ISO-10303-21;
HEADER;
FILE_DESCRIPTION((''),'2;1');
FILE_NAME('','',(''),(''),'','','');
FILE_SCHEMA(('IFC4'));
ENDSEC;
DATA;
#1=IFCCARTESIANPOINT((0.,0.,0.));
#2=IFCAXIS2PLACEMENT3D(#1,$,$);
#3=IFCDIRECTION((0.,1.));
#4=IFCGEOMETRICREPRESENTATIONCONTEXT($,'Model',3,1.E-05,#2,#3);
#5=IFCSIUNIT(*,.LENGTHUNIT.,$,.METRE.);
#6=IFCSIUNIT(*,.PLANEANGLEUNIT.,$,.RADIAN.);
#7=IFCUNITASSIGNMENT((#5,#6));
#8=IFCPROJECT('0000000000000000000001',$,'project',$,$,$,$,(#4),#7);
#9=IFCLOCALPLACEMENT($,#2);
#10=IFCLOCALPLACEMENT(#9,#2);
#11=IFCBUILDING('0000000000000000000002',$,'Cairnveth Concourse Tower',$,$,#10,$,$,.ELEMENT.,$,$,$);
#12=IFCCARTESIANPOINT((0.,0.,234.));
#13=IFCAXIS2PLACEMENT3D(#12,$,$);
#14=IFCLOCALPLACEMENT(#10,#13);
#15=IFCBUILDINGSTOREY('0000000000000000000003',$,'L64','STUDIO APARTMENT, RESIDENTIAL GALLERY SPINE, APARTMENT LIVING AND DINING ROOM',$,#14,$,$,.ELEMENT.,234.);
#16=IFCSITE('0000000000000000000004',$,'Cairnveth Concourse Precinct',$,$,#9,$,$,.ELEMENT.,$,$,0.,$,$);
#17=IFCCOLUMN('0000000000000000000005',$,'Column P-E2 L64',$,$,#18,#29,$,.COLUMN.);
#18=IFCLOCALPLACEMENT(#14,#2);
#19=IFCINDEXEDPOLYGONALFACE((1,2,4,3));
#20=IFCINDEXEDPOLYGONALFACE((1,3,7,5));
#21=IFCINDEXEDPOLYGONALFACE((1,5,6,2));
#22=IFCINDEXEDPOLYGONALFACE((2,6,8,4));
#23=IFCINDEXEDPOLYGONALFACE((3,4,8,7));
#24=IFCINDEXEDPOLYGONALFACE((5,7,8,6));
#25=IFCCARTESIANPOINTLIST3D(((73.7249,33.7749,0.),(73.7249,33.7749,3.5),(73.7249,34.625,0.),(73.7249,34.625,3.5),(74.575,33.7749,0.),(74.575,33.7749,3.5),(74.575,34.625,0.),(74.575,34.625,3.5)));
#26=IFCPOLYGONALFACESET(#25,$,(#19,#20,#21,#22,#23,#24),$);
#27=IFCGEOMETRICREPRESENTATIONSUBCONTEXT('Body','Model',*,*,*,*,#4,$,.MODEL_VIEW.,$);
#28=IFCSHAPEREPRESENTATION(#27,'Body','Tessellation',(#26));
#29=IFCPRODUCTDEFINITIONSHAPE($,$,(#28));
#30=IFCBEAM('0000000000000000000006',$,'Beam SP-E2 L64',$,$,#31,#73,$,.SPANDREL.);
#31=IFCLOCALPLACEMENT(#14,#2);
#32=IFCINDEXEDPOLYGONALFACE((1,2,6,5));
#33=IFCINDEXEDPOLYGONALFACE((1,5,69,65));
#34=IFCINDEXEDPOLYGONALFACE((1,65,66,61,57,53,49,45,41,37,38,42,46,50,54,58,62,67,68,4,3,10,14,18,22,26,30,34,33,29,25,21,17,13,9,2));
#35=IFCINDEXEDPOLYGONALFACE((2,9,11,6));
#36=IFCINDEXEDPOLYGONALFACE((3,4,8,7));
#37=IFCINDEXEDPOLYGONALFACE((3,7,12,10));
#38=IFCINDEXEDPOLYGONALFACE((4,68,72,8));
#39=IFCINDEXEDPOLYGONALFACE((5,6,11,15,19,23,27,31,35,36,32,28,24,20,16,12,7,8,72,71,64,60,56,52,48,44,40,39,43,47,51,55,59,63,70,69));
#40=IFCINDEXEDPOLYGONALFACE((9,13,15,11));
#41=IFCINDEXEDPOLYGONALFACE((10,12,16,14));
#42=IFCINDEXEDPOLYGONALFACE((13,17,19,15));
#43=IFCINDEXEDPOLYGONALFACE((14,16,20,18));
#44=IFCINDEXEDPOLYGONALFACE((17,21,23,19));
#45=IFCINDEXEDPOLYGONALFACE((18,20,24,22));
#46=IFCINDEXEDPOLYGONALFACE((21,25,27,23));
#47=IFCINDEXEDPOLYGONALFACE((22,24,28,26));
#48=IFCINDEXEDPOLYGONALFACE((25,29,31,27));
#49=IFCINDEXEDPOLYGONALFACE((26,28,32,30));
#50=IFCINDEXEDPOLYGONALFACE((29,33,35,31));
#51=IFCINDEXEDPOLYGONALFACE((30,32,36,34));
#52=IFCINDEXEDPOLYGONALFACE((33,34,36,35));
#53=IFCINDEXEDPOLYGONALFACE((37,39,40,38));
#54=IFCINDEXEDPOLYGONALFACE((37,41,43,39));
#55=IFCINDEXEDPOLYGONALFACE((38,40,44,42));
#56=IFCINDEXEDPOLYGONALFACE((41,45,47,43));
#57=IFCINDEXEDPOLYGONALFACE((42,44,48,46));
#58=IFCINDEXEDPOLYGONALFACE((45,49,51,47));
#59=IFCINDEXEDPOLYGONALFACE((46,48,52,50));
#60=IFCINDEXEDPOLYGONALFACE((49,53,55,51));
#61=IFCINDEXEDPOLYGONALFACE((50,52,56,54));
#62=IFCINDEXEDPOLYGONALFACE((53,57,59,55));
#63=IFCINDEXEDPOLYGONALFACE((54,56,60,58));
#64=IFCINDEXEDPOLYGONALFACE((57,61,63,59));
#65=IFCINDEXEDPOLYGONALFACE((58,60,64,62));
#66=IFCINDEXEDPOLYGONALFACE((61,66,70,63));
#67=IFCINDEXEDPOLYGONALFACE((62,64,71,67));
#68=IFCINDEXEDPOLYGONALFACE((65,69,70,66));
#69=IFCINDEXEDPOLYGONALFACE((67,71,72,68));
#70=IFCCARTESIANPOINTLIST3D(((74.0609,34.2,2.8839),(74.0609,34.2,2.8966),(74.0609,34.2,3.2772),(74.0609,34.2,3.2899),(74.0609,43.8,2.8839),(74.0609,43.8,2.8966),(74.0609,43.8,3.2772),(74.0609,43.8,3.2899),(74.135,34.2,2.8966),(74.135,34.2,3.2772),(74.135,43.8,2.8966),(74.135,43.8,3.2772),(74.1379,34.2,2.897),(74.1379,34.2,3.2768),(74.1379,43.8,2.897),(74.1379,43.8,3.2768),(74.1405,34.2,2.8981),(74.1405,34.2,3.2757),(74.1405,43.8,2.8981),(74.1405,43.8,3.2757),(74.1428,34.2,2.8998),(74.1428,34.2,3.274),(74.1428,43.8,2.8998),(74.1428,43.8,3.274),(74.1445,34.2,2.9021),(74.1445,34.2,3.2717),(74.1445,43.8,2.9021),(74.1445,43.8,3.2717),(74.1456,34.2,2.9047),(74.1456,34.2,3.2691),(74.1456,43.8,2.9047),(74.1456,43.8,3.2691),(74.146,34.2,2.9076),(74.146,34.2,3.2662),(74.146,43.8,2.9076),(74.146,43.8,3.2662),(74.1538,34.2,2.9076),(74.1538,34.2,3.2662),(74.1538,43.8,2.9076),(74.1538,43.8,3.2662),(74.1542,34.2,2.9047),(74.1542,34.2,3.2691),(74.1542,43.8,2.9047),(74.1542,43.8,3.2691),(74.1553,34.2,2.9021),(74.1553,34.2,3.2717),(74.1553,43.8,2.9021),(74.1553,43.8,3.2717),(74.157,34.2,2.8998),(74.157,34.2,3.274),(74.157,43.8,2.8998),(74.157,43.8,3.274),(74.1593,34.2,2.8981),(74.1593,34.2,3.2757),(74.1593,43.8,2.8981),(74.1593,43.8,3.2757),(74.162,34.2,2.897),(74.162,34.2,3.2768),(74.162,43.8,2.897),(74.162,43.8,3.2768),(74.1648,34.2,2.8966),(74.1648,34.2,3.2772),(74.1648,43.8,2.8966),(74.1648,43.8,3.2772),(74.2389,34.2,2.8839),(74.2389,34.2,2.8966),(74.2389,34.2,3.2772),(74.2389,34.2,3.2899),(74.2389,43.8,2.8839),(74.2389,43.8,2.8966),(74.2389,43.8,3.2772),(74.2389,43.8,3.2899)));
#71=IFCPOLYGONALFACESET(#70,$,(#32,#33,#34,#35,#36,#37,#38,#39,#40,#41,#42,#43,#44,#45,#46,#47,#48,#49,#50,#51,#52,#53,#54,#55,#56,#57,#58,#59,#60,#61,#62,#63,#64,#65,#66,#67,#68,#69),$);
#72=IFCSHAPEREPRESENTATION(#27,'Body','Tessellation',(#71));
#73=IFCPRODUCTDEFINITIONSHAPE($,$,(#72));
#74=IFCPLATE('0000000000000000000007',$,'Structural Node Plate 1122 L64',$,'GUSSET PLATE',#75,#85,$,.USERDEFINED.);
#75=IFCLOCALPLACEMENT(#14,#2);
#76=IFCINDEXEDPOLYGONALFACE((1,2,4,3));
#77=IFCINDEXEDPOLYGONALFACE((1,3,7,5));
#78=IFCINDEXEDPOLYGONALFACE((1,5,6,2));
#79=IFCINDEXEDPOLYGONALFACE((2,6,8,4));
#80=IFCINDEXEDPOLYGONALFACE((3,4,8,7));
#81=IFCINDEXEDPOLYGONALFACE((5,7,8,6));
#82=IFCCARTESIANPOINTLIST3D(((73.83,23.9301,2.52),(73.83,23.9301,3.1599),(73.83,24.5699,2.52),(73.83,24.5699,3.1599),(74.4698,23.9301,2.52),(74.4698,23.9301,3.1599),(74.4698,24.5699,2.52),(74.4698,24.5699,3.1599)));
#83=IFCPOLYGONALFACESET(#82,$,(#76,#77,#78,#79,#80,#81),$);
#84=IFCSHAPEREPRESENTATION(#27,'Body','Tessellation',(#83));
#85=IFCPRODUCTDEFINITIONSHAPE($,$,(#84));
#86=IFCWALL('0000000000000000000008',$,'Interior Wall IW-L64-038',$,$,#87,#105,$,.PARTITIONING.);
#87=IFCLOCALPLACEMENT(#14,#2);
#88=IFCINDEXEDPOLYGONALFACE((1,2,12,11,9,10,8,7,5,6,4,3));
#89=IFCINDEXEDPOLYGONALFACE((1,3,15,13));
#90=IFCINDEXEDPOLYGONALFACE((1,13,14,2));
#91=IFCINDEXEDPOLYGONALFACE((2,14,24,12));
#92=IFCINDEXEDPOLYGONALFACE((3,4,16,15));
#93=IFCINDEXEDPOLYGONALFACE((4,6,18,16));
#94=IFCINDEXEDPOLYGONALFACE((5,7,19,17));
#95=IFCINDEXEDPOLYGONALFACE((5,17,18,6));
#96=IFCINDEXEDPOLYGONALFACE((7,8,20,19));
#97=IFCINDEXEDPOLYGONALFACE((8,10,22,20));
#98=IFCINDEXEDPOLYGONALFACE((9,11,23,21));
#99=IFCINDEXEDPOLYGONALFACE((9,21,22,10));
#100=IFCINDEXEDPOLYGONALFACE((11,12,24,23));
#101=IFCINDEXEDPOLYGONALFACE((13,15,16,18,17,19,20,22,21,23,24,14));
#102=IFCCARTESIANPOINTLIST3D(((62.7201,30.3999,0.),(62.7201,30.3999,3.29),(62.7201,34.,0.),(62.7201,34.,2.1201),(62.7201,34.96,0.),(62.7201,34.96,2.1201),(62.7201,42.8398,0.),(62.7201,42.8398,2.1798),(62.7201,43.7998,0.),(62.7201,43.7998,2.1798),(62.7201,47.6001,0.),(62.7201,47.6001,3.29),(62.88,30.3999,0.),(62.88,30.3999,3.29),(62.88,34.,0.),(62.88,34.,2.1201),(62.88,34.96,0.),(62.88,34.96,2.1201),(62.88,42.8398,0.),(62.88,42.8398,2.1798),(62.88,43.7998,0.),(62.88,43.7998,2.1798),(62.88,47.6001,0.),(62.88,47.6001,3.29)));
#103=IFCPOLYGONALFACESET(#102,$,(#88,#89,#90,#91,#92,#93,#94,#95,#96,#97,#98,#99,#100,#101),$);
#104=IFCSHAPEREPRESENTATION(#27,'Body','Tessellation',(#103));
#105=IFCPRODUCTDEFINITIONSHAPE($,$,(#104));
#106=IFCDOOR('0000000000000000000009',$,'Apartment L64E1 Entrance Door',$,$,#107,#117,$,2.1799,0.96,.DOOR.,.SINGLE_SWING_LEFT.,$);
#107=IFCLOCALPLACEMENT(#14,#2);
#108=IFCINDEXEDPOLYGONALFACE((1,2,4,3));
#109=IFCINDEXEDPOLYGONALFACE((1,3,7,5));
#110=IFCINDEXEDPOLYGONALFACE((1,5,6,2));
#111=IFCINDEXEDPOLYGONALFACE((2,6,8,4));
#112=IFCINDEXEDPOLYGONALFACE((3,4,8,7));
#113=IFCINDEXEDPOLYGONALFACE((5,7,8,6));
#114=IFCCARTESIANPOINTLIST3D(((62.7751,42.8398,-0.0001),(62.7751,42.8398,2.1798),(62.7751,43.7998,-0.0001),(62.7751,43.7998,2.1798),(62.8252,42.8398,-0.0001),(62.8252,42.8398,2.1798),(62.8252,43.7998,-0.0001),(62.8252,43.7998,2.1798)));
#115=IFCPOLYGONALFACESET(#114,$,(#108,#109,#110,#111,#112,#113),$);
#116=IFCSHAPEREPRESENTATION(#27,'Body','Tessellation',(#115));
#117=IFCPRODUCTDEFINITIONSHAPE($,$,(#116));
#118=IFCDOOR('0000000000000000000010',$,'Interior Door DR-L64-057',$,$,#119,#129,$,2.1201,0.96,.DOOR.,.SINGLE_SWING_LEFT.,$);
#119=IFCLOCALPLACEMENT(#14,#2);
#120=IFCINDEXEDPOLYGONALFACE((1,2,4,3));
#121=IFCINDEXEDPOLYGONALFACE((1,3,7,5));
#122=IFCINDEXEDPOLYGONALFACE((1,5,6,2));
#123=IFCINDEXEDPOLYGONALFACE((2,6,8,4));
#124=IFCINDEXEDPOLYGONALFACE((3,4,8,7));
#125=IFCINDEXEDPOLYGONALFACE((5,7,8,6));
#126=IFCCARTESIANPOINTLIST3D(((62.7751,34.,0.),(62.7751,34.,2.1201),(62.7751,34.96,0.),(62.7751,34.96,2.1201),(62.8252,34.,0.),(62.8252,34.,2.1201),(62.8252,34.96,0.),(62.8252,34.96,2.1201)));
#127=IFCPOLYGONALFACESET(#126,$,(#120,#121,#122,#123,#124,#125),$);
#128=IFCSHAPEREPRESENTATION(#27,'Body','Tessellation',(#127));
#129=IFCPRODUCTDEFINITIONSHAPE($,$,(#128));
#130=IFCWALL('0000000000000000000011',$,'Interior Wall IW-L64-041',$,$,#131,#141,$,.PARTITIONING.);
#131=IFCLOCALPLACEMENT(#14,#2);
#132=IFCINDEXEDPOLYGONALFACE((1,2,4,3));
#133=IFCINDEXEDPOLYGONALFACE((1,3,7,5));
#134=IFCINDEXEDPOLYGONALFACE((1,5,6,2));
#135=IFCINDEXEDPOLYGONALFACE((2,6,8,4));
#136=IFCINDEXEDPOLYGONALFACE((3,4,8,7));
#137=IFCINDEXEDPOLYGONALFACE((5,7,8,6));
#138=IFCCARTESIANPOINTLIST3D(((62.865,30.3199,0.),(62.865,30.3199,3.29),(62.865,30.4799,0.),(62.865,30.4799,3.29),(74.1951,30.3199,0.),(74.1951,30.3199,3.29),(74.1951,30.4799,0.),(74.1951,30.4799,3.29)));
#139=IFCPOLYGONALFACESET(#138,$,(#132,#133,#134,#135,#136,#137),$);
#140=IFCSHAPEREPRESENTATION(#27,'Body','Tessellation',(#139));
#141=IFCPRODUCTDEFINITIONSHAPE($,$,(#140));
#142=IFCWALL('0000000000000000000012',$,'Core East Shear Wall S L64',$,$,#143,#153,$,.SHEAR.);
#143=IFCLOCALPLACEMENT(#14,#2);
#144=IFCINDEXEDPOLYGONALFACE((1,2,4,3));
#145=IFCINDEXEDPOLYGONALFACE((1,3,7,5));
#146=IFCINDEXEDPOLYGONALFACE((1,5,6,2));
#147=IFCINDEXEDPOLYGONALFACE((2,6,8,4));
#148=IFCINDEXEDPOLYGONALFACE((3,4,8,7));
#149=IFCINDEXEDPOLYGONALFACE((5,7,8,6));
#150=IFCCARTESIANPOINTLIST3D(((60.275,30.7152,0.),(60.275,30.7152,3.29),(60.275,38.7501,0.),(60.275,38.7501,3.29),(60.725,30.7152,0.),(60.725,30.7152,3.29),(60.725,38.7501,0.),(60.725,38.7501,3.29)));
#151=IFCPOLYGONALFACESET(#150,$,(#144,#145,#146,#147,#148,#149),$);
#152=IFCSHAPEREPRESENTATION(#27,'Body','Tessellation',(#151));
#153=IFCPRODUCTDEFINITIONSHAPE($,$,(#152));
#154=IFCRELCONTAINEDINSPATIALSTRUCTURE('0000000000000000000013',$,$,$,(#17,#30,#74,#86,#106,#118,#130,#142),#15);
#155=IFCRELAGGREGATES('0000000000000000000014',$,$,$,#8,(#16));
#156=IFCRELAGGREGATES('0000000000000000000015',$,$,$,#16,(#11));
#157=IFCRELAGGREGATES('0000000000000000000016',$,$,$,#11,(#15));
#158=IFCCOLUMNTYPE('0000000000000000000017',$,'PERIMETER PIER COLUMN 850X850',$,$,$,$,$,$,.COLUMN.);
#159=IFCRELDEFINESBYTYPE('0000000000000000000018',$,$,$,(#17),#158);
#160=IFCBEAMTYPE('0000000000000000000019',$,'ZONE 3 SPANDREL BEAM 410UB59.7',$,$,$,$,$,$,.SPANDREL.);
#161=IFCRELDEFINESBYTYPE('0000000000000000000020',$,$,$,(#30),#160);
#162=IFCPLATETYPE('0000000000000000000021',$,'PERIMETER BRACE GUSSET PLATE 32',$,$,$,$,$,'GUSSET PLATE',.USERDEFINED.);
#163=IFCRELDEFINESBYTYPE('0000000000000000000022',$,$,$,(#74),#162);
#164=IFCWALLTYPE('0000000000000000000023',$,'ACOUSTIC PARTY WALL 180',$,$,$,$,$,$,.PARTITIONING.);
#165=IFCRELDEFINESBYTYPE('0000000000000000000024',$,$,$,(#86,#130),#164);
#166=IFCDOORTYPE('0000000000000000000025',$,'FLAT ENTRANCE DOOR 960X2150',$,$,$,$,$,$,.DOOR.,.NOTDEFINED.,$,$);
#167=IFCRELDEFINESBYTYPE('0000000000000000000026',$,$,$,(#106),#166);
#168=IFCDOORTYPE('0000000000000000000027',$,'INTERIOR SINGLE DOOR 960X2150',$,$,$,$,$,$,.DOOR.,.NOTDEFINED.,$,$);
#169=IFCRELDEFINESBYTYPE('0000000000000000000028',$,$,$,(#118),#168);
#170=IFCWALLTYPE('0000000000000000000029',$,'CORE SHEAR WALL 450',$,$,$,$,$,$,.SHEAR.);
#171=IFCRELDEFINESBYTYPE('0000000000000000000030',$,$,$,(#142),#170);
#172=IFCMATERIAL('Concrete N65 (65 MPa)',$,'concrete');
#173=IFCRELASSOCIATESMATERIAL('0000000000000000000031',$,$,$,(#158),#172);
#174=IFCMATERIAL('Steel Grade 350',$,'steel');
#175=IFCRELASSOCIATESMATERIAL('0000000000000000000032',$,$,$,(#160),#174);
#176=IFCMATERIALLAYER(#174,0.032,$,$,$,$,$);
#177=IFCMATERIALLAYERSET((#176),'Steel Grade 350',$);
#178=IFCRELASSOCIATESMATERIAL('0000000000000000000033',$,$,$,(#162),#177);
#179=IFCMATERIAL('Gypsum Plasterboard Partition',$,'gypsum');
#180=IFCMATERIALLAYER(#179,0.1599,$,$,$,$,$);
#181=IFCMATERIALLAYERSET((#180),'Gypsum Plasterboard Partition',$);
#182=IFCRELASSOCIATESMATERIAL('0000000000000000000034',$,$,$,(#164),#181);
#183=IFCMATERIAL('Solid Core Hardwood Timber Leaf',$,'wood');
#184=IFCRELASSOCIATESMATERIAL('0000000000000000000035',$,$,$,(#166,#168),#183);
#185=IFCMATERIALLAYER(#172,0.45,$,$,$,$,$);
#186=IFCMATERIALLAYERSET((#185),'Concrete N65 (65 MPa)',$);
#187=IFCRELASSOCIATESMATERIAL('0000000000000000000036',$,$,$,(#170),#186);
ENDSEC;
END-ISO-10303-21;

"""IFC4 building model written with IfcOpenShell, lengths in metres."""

from ifc_helpers import new_model, si_unit, direction, frame, frame_2d, origin, origin_2d, place, context, subcontext, project, spatial, rectangle, i_section, extrude, material, layer, layer_set, material_profile, profile_set, type_object, element, fill, save


model = new_model("IFC4")

# Units and contexts
model_context = context("Model", 3, precision=1e-05, world=origin(), true_north=direction((0.0, 1.0)))
body_context = subcontext(model_context, "Body", "Model", "MODEL_VIEW")
ifc_project = project(units=[si_unit("LENGTHUNIT", "METRE"), si_unit("PLANEANGLEUNIT", "RADIAN")], contexts=[model_context])

# Site, building, storey
site_placement = place(None, origin())
site = spatial("IfcSite", under=ifc_project, at=site_placement, Name="Cairnveth Concourse Precinct", CompositionType="ELEMENT", RefElevation=0.0)
building_placement = place(site_placement, origin())
building = spatial("IfcBuilding", under=site, at=building_placement, Name="Cairnveth Concourse Tower", CompositionType="ELEMENT")
storey_placement = place(building_placement, frame((0.0, 0.0, 234.0)))
storey = spatial("IfcBuildingStorey", under=building, at=storey_placement, Name="L64", Description="STUDIO APARTMENT, RESIDENTIAL GALLERY SPINE, APARTMENT LIVING AND DINING ROOM", CompositionType="ELEMENT", Elevation=234.0)

# Column
ifc_material_1 = material(Name="Concrete N65 (65 MPa)", Category="concrete")
ifc_material_profile_1 = material_profile(ifc_material_1, rectangle(XDim=0.8501, YDim=0.8501, at=origin_2d()), Name="RC-COL-850x850")
ifc_profile_set_1 = profile_set([ifc_material_profile_1], Name="Concrete N65 (65 MPa)")
column_type = type_object("IfcColumnType", Name="PERIMETER PIER COLUMN 850X850", PredefinedType="COLUMN", material=ifc_profile_set_1)
column_placement = place(storey_placement, frame((74.1499, 34.2, 0.0), z_axis=(0.0, 0.0, 1.0), x_axis=(0.0, 1.0, 0.0)))
element("IfcColumn", 1, at=column_placement, inside=storey, type_object=column_type, Name="Column P-E2 L64", PredefinedType="COLUMN", context=body_context, shape_type="SweptSolid", body=[
    extrude(rectangle(XDim=0.8501, YDim=0.8501, at=origin_2d()), origin(), (0.0, 0.0, 1.0), 3.5),
])

# Beam
ifc_material_2 = material(Name="Steel Grade 350", Category="steel")
ifc_material_profile_2 = material_profile(ifc_material_2, i_section(OverallWidth=0.178, OverallDepth=0.406, WebThickness=0.0078, FlangeThickness=0.0127, FilletRadius=0.011, at=origin_2d()), Name="410UB59.7")
ifc_profile_set_2 = profile_set([ifc_material_profile_2], Name="Steel Grade 350")
beam_type = type_object("IfcBeamType", Name="ZONE 3 SPANDREL BEAM 410UB59.7", PredefinedType="SPANDREL", material=ifc_profile_set_2)
beam_placement = place(storey_placement, frame((74.1499, 34.2, 3.0869), z_axis=(0.0, 1.0, 0.0), x_axis=(-1.0, 0.0, 0.0)))
element("IfcBeam", 2, at=beam_placement, inside=storey, type_object=beam_type, Name="Beam SP-E2 L64", PredefinedType="SPANDREL", context=body_context, shape_type="SweptSolid", body=[
    extrude(i_section(OverallWidth=0.178, OverallDepth=0.406, WebThickness=0.0078, FlangeThickness=0.0127, FilletRadius=0.011, at=origin_2d()), origin(), (0.0, 0.0, 1.0), 9.6001),
])

# Plate
ifc_layer_1 = layer(ifc_material_2, 0.032)
ifc_layer_set_1 = layer_set([ifc_layer_1], Name="Steel Grade 350")
plate_type = type_object("IfcPlateType", Name="PERIMETER BRACE GUSSET PLATE 32", ElementType="GUSSET PLATE", PredefinedType="USERDEFINED", material=ifc_layer_set_1)
plate_placement = place(storey_placement, frame((74.1499, 24.25, 2.52), z_axis=(0.0, 0.0, 1.0), x_axis=(1.0, 0.0, 0.0)))
element("IfcPlate", 3, at=plate_placement, inside=storey, type_object=plate_type, Name="Structural Node Plate 1122 L64", ObjectType="GUSSET PLATE", PredefinedType="USERDEFINED", context=body_context, shape_type="SweptSolid", body=[
    extrude(rectangle(XDim=0.6399, YDim=0.6399, at=origin_2d()), origin(), (0.0, 0.0, 1.0), 0.6399),
])

# Wall, openings, doors
ifc_material_3 = material(Name="Gypsum Plasterboard Partition", Category="gypsum")
ifc_layer_2 = layer(ifc_material_3, 0.1599)
ifc_layer_set_2 = layer_set([ifc_layer_2], Name="Gypsum Plasterboard Partition")
wall_type_1 = type_object("IfcWallType", Name="ACOUSTIC PARTY WALL 180", PredefinedType="PARTITIONING", material=ifc_layer_set_2)
wall_1_placement = place(storey_placement, frame((62.8, 30.3999, 0.0), z_axis=(0.0, 0.0, 1.0), x_axis=(0.0, 1.0, 0.0)))
wall_1 = element("IfcWall", 4, at=wall_1_placement, inside=storey, type_object=wall_type_1, Name="Interior Wall IW-L64-038", PredefinedType="PARTITIONING", context=body_context, shape_type="SweptSolid", body=[
    extrude(rectangle(XDim=17.2002, YDim=0.1599, at=frame_2d((8.6001, 0.0))), origin(), (0.0, 0.0, 1.0), 3.29),
])
opening_1_placement = place(wall_1_placement, frame((3.6001, 0.0, 0.0)))
opening_1 = element("IfcOpeningElement", 5, at=opening_1_placement, cuts=wall_1, PredefinedType="OPENING", context=body_context, shape_type="SweptSolid", body=[
    extrude(rectangle(XDim=0.96, YDim=2.1201, at=frame_2d((0.48, 1.0601))), frame((0.0, 0.0898, 0.0), z_axis=(0.0, -1.0, 0.0), x_axis=(1.0, 0.0, 0.0)), (0.0, 0.0, 1.0), 0.1799),
])
opening_2_placement = place(wall_1_placement, frame((12.4399, 0.0, 0.0)))
opening_2 = element("IfcOpeningElement", 6, at=opening_2_placement, cuts=wall_1, PredefinedType="OPENING", context=body_context, shape_type="SweptSolid", body=[
    extrude(rectangle(XDim=0.96, YDim=2.1799, at=frame_2d((0.48, 1.0898))), frame((0.0, 0.0898, 0.0), z_axis=(0.0, -1.0, 0.0), x_axis=(1.0, 0.0, 0.0)), (0.0, 0.0, 1.0), 0.1799),
])
ifc_material_4 = material(Name="Solid Core Hardwood Timber Leaf", Category="wood")
door_type_1 = type_object("IfcDoorType", Name="FLAT ENTRANCE DOOR 960X2150", OperationType="NOTDEFINED", PredefinedType="DOOR", material=ifc_material_4)
door_1_placement = place(opening_2_placement, origin())
door_1 = element("IfcDoor", 7, at=door_1_placement, inside=storey, type_object=door_type_1, Name="Apartment L64E1 Entrance Door", OperationType="SINGLE_SWING_LEFT", OverallHeight=2.1799, OverallWidth=0.96, PredefinedType="DOOR", context=body_context, shape_type="SweptSolid", body=[
    extrude(rectangle(XDim=0.96, YDim=2.1799, at=frame_2d((0.48, 1.0898))), frame((0.0, 0.0249, 0.0), z_axis=(0.0, -1.0, 0.0), x_axis=(1.0, 0.0, 0.0)), (0.0, 0.0, 1.0), 0.05),
])
fill(opening_2, door_1)
door_type_2 = type_object("IfcDoorType", Name="INTERIOR SINGLE DOOR 960X2150", OperationType="NOTDEFINED", PredefinedType="DOOR", material=ifc_material_4)
door_2_placement = place(opening_1_placement, origin())
door_2 = element("IfcDoor", 8, at=door_2_placement, inside=storey, type_object=door_type_2, Name="Interior Door DR-L64-057", OperationType="SINGLE_SWING_LEFT", OverallHeight=2.1201, OverallWidth=0.96, PredefinedType="DOOR", context=body_context, shape_type="SweptSolid", body=[
    extrude(rectangle(XDim=0.96, YDim=2.1201, at=frame_2d((0.48, 1.0601))), frame((0.0, 0.0249, 0.0), z_axis=(0.0, -1.0, 0.0), x_axis=(1.0, 0.0, 0.0)), (0.0, 0.0, 1.0), 0.05),
])
fill(opening_1, door_2)

# Walls
wall_2_placement = place(storey_placement, frame((62.865, 30.3999, 0.0), z_axis=(0.0, 0.0, 1.0), x_axis=(1.0, 0.0, 0.0)))
element("IfcWall", 9, at=wall_2_placement, inside=storey, type_object=wall_type_1, Name="Interior Wall IW-L64-041", PredefinedType="PARTITIONING", context=body_context, shape_type="SweptSolid", body=[
    extrude(rectangle(XDim=11.3301, YDim=0.1599, at=frame_2d((5.665, 0.0))), origin(), (0.0, 0.0, 1.0), 3.29),
])
ifc_layer_3 = layer(ifc_material_1, 0.45)
ifc_layer_set_3 = layer_set([ifc_layer_3], Name="Concrete N65 (65 MPa)")
wall_type_2 = type_object("IfcWallType", Name="CORE SHEAR WALL 450", PredefinedType="SHEAR", material=ifc_layer_set_3)
wall_3_placement = place(storey_placement, frame((60.5, 30.7151, 0.0), z_axis=(0.0, 0.0, 1.0), x_axis=(0.0, 1.0, 0.0)))
element("IfcWall", 10, at=wall_3_placement, inside=storey, type_object=wall_type_2, Name="Core East Shear Wall S L64", PredefinedType="SHEAR", context=body_context, shape_type="SweptSolid", body=[
    extrude(rectangle(XDim=8.0349, YDim=0.45, at=frame_2d((4.0176, 0.0))), origin(), (0.0, 0.0, 1.0), 3.29),
])

save(model, "model.ifc")
